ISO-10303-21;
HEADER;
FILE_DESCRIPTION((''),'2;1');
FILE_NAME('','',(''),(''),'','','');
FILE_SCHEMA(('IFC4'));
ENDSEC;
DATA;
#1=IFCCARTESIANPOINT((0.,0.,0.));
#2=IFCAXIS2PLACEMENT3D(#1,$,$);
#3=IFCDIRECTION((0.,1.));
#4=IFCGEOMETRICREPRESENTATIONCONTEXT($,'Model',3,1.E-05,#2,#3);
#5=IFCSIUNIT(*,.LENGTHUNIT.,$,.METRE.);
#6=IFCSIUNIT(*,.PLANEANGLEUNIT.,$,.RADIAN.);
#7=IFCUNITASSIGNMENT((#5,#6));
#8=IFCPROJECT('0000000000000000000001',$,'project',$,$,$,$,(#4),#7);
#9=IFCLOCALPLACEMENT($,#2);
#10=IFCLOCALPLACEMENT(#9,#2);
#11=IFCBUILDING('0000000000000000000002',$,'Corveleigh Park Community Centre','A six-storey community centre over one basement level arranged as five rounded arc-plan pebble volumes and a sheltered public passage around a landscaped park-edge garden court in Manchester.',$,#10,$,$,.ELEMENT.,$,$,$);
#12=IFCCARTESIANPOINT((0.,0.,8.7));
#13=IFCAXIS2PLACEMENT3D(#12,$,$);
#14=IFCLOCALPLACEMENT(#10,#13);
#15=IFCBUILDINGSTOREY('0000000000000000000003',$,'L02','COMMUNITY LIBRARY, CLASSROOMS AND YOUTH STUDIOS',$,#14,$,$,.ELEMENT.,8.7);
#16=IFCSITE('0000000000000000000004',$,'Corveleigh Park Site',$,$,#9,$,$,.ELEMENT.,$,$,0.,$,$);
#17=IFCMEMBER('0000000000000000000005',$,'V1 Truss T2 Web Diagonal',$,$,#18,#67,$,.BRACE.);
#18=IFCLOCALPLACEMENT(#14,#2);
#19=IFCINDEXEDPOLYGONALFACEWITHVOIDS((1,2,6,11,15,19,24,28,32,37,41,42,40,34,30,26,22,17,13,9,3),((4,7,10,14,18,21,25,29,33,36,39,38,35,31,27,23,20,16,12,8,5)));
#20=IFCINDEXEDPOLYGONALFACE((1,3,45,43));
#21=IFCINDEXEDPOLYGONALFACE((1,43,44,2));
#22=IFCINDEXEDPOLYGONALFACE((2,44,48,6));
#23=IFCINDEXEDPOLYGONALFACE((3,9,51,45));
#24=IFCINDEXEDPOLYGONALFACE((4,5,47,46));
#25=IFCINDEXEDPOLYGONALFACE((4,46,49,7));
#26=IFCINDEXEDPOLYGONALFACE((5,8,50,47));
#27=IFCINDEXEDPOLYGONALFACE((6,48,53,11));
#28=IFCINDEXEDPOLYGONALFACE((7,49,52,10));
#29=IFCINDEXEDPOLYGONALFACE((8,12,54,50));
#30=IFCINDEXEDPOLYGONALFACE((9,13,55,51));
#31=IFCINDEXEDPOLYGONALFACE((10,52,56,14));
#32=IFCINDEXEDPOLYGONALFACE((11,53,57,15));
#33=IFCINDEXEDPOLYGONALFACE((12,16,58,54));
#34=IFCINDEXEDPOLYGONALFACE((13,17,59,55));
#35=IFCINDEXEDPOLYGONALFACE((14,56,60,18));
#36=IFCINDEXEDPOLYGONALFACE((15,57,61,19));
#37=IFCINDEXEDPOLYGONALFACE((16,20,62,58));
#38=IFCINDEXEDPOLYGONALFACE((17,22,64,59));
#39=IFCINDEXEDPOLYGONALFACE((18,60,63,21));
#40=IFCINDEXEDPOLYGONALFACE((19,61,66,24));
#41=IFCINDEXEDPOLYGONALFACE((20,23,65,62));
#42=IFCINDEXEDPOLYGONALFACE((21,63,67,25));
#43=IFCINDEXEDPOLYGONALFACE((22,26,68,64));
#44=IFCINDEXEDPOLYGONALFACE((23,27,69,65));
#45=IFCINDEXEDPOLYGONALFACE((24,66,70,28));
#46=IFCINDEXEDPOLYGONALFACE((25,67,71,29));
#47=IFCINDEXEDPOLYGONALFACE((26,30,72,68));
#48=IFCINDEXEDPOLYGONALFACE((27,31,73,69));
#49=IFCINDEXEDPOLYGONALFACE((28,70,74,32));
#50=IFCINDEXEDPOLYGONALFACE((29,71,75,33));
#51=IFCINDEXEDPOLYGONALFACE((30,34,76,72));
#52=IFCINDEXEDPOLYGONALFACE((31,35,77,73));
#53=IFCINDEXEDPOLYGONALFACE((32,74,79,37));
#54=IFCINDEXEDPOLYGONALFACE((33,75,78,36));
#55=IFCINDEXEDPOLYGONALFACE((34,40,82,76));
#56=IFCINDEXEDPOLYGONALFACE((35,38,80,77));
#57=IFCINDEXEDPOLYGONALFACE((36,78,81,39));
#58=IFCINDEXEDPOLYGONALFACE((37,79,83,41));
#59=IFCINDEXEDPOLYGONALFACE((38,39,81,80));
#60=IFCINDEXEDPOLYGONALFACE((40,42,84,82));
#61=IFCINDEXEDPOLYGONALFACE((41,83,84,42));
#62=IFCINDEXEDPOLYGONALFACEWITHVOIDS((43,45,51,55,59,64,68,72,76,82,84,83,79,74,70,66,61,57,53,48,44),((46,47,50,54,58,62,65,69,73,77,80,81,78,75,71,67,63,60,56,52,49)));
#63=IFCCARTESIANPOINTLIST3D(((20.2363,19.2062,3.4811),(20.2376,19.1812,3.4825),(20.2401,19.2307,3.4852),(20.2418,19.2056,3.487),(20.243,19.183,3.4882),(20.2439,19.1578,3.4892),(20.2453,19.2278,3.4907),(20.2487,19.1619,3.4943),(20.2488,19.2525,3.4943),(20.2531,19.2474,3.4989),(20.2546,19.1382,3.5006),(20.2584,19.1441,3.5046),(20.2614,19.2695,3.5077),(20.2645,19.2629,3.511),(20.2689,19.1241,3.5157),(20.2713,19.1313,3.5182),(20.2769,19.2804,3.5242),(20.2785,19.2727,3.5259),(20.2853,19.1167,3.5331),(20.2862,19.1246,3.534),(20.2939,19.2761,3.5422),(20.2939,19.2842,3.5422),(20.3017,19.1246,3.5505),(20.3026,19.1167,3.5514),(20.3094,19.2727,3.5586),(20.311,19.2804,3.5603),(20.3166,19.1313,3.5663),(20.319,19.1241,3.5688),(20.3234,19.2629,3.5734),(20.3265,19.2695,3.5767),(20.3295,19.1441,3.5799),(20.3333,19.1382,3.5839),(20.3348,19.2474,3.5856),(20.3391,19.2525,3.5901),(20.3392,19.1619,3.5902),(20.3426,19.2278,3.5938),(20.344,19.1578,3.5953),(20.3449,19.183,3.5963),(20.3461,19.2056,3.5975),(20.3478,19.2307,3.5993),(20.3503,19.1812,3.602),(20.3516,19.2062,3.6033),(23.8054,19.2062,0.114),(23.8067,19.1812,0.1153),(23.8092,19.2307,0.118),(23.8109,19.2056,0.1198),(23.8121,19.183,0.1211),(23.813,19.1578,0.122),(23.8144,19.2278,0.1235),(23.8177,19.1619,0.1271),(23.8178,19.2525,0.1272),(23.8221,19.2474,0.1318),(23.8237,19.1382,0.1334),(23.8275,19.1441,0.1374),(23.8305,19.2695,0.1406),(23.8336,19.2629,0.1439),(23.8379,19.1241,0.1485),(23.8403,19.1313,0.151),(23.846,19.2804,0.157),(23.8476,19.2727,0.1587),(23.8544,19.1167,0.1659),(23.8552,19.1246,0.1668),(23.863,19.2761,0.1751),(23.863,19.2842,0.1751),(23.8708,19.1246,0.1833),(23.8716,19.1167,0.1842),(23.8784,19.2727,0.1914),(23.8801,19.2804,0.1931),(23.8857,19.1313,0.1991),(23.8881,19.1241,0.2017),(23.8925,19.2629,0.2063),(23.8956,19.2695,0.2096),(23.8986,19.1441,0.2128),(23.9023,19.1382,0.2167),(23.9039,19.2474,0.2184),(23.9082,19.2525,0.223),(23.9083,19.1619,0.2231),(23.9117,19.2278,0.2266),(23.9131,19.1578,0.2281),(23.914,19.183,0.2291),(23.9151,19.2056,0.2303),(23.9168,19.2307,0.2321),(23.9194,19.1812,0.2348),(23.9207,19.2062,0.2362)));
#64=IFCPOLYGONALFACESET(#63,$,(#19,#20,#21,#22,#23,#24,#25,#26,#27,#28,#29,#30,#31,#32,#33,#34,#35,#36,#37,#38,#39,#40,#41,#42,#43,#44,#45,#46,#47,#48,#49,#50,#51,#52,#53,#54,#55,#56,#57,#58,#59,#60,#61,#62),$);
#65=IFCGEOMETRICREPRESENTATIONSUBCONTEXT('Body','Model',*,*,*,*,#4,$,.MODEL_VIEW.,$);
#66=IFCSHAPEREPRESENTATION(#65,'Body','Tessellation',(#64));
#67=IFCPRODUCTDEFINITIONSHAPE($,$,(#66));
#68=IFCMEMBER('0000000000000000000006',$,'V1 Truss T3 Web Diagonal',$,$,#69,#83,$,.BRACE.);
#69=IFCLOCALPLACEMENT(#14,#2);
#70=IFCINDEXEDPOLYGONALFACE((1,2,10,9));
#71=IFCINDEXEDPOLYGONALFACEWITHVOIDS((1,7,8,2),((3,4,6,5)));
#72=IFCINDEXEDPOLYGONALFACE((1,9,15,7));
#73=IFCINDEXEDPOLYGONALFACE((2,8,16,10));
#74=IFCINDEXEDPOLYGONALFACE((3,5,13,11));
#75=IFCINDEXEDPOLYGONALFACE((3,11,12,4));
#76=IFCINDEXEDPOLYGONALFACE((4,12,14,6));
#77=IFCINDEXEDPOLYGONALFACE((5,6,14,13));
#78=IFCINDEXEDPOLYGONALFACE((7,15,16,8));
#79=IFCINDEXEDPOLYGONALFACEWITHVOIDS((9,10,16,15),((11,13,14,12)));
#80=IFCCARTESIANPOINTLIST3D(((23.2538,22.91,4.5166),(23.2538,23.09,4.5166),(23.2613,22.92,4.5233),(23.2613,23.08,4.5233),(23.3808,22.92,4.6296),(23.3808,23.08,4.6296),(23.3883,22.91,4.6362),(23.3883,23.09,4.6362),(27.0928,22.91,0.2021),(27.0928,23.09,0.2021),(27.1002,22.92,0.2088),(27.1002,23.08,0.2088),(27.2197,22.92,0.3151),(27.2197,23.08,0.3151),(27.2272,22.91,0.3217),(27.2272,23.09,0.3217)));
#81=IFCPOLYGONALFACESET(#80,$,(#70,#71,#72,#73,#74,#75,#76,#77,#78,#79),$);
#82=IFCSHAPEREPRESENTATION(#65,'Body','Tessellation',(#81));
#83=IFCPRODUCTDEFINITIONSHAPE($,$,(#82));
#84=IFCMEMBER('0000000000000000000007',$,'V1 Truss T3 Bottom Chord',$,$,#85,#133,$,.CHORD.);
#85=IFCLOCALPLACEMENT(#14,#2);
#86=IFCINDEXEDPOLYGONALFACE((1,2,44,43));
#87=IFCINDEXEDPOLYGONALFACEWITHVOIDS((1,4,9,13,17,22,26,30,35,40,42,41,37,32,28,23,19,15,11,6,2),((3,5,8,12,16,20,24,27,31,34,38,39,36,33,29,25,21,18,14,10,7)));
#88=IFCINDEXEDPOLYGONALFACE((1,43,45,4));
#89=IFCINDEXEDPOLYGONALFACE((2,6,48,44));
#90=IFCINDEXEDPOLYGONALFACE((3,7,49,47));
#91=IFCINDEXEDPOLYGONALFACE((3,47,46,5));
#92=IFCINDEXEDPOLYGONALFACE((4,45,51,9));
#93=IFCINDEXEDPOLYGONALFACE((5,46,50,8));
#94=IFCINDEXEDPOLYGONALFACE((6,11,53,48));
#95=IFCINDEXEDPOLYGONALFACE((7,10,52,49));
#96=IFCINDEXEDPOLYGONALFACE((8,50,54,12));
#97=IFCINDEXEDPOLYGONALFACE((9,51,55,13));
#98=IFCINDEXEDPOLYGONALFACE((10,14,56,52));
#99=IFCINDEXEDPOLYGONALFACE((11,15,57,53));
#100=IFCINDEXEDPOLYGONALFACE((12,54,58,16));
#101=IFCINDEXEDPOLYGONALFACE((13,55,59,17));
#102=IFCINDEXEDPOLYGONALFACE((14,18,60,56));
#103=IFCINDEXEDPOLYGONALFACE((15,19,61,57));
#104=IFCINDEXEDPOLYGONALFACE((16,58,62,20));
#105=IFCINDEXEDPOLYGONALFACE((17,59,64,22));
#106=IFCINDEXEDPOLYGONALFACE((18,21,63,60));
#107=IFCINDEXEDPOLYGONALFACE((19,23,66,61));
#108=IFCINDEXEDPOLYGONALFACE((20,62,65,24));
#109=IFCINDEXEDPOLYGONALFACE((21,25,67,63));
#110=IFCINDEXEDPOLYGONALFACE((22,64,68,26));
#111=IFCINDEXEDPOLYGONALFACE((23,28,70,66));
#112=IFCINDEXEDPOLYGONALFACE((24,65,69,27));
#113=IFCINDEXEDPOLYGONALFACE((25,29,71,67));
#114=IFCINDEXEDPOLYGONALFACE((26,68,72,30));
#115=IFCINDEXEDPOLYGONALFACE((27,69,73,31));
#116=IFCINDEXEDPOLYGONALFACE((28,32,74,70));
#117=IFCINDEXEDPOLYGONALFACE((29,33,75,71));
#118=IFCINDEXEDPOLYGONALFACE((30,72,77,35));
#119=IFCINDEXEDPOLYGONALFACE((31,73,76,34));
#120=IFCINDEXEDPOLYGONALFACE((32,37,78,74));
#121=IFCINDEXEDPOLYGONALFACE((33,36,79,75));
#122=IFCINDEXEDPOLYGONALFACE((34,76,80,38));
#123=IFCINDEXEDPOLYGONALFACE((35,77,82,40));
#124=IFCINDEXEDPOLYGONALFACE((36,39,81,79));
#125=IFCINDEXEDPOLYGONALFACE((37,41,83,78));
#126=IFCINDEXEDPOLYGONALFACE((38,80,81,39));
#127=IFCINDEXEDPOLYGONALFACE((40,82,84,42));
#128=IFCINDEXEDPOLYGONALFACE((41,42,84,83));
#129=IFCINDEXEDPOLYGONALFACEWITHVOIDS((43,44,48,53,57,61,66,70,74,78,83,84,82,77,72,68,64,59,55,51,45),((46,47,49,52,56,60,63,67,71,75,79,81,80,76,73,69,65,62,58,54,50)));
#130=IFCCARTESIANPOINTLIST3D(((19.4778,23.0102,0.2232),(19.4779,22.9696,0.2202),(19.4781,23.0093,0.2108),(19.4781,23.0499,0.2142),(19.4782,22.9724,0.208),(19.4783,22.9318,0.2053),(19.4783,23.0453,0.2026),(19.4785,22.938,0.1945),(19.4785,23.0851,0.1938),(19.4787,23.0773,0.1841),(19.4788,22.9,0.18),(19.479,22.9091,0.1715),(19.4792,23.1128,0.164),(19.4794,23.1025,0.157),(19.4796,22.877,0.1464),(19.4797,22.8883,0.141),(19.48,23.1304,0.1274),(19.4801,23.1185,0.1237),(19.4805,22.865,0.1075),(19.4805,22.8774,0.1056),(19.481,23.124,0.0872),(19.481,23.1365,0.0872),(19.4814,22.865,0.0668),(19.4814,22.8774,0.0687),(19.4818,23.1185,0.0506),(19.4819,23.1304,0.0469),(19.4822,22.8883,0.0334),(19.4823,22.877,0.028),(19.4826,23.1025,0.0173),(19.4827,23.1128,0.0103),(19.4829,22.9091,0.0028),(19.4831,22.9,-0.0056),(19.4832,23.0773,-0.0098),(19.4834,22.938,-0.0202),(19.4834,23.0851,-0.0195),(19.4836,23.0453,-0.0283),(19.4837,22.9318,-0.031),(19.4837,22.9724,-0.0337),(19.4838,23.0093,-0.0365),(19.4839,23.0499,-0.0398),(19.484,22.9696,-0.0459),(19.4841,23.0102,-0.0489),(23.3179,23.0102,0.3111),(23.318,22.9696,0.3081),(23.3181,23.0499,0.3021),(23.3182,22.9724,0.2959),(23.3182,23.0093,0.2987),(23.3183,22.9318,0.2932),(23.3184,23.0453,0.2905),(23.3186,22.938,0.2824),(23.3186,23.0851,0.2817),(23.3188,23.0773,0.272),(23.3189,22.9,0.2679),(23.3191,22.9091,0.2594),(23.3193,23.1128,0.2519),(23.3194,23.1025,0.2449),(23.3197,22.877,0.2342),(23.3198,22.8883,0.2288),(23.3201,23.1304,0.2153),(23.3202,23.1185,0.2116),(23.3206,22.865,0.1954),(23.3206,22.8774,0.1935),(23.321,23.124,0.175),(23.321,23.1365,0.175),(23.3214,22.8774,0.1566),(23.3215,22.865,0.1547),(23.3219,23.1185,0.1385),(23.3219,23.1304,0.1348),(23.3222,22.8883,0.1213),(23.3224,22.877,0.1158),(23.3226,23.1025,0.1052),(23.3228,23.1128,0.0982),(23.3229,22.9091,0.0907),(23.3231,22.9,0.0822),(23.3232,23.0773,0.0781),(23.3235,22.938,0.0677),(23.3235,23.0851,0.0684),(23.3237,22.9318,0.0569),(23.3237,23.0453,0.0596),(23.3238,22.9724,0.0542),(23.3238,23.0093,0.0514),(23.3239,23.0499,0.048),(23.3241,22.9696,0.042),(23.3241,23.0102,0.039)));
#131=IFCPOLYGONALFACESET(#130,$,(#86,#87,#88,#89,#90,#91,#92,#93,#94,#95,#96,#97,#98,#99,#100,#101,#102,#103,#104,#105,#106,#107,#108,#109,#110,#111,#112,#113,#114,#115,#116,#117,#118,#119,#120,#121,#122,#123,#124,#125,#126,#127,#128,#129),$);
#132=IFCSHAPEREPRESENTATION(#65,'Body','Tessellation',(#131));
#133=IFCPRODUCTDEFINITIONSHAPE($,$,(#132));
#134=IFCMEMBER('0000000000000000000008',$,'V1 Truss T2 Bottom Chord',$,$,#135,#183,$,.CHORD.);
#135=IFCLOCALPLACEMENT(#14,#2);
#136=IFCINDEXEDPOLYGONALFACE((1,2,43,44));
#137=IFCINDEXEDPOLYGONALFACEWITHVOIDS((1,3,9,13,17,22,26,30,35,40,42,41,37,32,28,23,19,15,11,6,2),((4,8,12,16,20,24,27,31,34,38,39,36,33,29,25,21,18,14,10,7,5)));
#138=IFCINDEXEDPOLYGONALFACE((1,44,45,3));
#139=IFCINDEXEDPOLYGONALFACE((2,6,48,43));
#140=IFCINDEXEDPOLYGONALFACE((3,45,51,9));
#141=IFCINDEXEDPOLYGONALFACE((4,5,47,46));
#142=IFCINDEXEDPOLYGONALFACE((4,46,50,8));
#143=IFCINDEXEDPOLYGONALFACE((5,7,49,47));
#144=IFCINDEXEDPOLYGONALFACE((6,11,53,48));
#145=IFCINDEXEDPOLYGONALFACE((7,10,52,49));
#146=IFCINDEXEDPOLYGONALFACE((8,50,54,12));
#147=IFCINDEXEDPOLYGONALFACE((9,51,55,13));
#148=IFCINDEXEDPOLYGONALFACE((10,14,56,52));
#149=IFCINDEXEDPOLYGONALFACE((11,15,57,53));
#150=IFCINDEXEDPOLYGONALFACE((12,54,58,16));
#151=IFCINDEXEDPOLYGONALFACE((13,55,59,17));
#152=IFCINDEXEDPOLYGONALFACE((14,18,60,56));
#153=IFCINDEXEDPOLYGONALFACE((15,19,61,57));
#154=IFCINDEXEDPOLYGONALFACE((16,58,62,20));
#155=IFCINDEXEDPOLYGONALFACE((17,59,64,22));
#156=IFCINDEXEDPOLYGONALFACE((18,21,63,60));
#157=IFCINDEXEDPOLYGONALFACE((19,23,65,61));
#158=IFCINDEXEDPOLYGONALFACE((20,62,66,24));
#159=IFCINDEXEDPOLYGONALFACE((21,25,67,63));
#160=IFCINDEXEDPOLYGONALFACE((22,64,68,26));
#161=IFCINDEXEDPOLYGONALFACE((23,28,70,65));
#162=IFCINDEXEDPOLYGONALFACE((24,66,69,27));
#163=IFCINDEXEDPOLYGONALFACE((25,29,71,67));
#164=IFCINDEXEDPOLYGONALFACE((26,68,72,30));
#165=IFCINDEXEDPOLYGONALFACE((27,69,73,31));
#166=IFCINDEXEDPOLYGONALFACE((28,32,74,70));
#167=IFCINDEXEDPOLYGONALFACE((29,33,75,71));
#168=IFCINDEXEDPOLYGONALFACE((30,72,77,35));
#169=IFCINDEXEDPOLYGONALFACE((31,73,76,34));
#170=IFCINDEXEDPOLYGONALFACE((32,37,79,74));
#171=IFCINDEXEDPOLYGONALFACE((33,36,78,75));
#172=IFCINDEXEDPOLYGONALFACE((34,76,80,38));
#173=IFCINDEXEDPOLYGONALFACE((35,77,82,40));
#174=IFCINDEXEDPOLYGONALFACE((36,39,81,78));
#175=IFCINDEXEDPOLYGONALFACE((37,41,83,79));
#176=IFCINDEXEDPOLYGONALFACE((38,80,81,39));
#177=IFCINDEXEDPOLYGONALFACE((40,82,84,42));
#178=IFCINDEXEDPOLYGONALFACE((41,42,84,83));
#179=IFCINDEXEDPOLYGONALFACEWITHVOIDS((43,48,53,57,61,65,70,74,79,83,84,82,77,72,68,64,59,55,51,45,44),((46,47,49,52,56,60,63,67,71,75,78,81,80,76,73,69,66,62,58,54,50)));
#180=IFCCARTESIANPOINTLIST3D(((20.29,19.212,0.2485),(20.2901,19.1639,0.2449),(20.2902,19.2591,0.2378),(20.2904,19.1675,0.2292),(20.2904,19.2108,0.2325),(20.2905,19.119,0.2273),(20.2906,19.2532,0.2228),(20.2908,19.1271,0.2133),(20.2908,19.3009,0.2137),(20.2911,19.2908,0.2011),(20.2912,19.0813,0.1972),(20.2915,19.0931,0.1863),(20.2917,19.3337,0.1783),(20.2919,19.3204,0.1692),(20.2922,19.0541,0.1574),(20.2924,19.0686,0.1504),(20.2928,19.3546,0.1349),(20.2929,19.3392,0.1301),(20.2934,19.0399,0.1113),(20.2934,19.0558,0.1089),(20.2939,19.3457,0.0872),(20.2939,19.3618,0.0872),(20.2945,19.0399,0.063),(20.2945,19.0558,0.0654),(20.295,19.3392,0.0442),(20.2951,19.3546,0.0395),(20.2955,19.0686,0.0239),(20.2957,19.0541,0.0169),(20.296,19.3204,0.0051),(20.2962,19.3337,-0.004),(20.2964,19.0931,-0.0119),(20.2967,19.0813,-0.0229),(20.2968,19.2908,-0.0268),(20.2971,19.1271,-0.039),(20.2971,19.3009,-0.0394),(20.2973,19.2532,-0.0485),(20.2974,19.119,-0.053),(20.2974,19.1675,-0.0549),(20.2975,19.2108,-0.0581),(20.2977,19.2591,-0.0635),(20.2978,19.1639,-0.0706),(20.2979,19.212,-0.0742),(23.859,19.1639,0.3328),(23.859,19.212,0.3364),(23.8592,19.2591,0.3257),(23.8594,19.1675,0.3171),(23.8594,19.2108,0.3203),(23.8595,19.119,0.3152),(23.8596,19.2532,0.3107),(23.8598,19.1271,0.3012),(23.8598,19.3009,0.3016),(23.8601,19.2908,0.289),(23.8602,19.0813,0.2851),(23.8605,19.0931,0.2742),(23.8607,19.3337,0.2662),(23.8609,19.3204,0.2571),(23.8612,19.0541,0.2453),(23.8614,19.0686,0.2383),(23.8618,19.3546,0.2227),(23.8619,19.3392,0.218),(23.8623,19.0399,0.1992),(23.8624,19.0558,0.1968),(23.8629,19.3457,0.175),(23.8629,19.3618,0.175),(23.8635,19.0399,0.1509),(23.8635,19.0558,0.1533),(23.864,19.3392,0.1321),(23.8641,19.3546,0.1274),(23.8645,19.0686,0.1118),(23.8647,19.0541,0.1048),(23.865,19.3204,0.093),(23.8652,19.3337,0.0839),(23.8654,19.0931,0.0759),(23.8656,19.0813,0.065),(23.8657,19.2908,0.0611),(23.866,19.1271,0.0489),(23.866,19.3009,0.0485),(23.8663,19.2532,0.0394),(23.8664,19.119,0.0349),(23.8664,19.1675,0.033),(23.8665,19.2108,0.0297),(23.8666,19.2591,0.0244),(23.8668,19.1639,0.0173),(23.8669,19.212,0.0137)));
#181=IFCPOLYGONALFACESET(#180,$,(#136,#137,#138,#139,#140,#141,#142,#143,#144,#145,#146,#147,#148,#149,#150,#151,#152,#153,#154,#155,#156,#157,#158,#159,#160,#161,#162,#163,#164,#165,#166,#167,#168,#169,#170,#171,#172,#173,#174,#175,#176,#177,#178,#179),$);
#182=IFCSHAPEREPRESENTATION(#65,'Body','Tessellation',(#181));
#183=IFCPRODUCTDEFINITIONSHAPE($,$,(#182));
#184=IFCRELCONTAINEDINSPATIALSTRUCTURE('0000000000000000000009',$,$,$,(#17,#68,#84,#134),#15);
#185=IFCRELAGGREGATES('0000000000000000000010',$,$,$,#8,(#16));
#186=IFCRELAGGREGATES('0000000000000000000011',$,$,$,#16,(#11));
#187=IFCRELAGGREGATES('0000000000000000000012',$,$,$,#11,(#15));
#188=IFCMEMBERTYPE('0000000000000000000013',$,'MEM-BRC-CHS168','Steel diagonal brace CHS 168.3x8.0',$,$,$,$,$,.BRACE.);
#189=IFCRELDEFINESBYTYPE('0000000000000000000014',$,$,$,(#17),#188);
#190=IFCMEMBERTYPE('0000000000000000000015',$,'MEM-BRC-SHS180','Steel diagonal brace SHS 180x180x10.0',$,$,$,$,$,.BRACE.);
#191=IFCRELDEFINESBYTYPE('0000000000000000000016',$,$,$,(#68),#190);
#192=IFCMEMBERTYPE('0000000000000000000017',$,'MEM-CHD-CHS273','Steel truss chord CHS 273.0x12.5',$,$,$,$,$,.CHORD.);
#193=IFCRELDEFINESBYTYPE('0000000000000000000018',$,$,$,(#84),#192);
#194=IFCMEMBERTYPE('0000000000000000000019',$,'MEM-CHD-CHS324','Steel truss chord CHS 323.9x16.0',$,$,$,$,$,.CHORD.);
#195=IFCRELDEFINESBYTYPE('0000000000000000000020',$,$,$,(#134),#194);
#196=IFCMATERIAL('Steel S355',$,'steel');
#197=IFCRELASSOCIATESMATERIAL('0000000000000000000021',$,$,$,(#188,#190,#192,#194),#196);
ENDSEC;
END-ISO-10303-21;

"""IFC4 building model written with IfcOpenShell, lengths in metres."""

from ifc_helpers import new_model, si_unit, direction, frame, origin, origin_2d, place, context, subcontext, project, spatial, hollow_rectangle, hollow_circle, extrude, material, material_profile, profile_set, type_object, element, save


model = new_model("IFC4")

# Units and contexts
model_context = context("Model", 3, precision=1e-05, world=origin(), true_north=direction((0.0, 1.0)))
body_context = subcontext(model_context, "Body", "Model", "MODEL_VIEW")
ifc_project = project(units=[si_unit("LENGTHUNIT", "METRE"), si_unit("PLANEANGLEUNIT", "RADIAN")], contexts=[model_context])

# Site, building, storey
site_placement = place(None, origin())
site = spatial("IfcSite", under=ifc_project, at=site_placement, Name="Corveleigh Park Site", CompositionType="ELEMENT", RefElevation=0.0)
building_placement = place(site_placement, origin())
building = spatial("IfcBuilding", under=site, at=building_placement, Name="Corveleigh Park Community Centre", Description="A six-storey community centre over one basement level arranged as five rounded arc-plan pebble volumes and a sheltered public passage around a landscaped park-edge garden court in Manchester.", CompositionType="ELEMENT")
storey_placement = place(building_placement, frame((0.0, 0.0, 8.7)))
storey = spatial("IfcBuildingStorey", under=building, at=storey_placement, Name="L02", Description="COMMUNITY LIBRARY, CLASSROOMS AND YOUTH STUDIOS", CompositionType="ELEMENT", Elevation=8.7)

# Shared definitions
ifc_material_1 = material(Name="Steel S355", Category="steel")

# Members
ifc_material_profile_1 = material_profile(ifc_material_1, hollow_circle(Radius=0.0842, WallThickness=0.0081, at=origin_2d()), Name="CHS 168.3x8.0", Category="steel")
ifc_profile_set_1 = profile_set([ifc_material_profile_1], Name="Steel S355")
member_type_1 = type_object("IfcMemberType", Name="MEM-BRC-CHS168", Description="Steel diagonal brace CHS 168.3x8.0", PredefinedType="BRACE", material=ifc_profile_set_1)
member_1_placement = place(storey_placement, frame((20.2939, 19.2, 3.5422), z_axis=(0.727381, 0.0, -0.686233), x_axis=(0.0, 1.0, 0.0)))
element("IfcMember", 1, at=member_1_placement, inside=storey, type_object=member_type_1, Name="V1 Truss T2 Web Diagonal", PredefinedType="BRACE", context=body_context, shape_type="SweptSolid", body=[
    extrude(hollow_circle(Radius=0.0842, WallThickness=0.0081, at=origin_2d()), origin(), (0.0, 0.0, 1.0), 4.9067),
])
ifc_material_profile_2 = material_profile(ifc_material_1, hollow_rectangle(XDim=0.1799, YDim=0.1799, WallThickness=0.01, at=origin_2d()), Name="SHS 180x180x10.0", Category="steel")
ifc_profile_set_2 = profile_set([ifc_material_profile_2], Name="Steel S355")
member_type_2 = type_object("IfcMemberType", Name="MEM-BRC-SHS180", Description="Steel diagonal brace SHS 180x180x10.0", PredefinedType="BRACE", material=ifc_profile_set_2)
member_2_placement = place(storey_placement, frame((23.321, 23.0, 4.5764), z_axis=(0.664731, 0.0, -0.747083), x_axis=(0.0, 1.0, 0.0)))
element("IfcMember", 2, at=member_2_placement, inside=storey, type_object=member_type_2, Name="V1 Truss T3 Web Diagonal", PredefinedType="BRACE", context=body_context, shape_type="SweptSolid", body=[
    extrude(hollow_rectangle(XDim=0.1799, YDim=0.1799, WallThickness=0.01, at=origin_2d()), origin(), (0.0, 0.0, 1.0), 5.7751),
])
ifc_material_profile_3 = material_profile(ifc_material_1, hollow_circle(Radius=0.1365, WallThickness=0.0125, at=origin_2d()), Name="CHS 273.0x12.5", Category="steel")
ifc_profile_set_3 = profile_set([ifc_material_profile_3], Name="Steel S355")
member_type_3 = type_object("IfcMemberType", Name="MEM-CHD-CHS273", Description="Steel truss chord CHS 273.0x12.5", PredefinedType="CHORD", material=ifc_profile_set_3)
member_3_placement = place(storey_placement, frame((19.481, 23.0, 0.0872), z_axis=(0.999738, 0.0, 0.022882), x_axis=(0.0, 1.0, 0.0)))
element("IfcMember", 3, at=member_3_placement, inside=storey, type_object=member_type_3, Name="V1 Truss T3 Bottom Chord", PredefinedType="CHORD", context=body_context, shape_type="SweptSolid", body=[
    extrude(hollow_circle(Radius=0.1365, WallThickness=0.0125, at=origin_2d()), origin(), (0.0, 0.0, 1.0), 3.8411),
])
ifc_material_profile_4 = material_profile(ifc_material_1, hollow_circle(Radius=0.1619, WallThickness=0.0161, at=origin_2d()), Name="CHS 323.9x16.0", Category="steel")
ifc_profile_set_4 = profile_set([ifc_material_profile_4], Name="Steel S355")
member_type_4 = type_object("IfcMemberType", Name="MEM-CHD-CHS324", Description="Steel truss chord CHS 323.9x16.0", PredefinedType="CHORD", material=ifc_profile_set_4)
member_4_placement = place(storey_placement, frame((20.2939, 19.2, 0.0872), z_axis=(0.999697, 0.0, 0.024618), x_axis=(0.0, 1.0, 0.0)))
element("IfcMember", 4, at=member_4_placement, inside=storey, type_object=member_type_4, Name="V1 Truss T2 Bottom Chord", PredefinedType="CHORD", context=body_context, shape_type="SweptSolid", body=[
    extrude(hollow_circle(Radius=0.1619, WallThickness=0.0161, at=origin_2d()), origin(), (0.0, 0.0, 1.0), 3.5701),
])

save(model, "model.ifc")
